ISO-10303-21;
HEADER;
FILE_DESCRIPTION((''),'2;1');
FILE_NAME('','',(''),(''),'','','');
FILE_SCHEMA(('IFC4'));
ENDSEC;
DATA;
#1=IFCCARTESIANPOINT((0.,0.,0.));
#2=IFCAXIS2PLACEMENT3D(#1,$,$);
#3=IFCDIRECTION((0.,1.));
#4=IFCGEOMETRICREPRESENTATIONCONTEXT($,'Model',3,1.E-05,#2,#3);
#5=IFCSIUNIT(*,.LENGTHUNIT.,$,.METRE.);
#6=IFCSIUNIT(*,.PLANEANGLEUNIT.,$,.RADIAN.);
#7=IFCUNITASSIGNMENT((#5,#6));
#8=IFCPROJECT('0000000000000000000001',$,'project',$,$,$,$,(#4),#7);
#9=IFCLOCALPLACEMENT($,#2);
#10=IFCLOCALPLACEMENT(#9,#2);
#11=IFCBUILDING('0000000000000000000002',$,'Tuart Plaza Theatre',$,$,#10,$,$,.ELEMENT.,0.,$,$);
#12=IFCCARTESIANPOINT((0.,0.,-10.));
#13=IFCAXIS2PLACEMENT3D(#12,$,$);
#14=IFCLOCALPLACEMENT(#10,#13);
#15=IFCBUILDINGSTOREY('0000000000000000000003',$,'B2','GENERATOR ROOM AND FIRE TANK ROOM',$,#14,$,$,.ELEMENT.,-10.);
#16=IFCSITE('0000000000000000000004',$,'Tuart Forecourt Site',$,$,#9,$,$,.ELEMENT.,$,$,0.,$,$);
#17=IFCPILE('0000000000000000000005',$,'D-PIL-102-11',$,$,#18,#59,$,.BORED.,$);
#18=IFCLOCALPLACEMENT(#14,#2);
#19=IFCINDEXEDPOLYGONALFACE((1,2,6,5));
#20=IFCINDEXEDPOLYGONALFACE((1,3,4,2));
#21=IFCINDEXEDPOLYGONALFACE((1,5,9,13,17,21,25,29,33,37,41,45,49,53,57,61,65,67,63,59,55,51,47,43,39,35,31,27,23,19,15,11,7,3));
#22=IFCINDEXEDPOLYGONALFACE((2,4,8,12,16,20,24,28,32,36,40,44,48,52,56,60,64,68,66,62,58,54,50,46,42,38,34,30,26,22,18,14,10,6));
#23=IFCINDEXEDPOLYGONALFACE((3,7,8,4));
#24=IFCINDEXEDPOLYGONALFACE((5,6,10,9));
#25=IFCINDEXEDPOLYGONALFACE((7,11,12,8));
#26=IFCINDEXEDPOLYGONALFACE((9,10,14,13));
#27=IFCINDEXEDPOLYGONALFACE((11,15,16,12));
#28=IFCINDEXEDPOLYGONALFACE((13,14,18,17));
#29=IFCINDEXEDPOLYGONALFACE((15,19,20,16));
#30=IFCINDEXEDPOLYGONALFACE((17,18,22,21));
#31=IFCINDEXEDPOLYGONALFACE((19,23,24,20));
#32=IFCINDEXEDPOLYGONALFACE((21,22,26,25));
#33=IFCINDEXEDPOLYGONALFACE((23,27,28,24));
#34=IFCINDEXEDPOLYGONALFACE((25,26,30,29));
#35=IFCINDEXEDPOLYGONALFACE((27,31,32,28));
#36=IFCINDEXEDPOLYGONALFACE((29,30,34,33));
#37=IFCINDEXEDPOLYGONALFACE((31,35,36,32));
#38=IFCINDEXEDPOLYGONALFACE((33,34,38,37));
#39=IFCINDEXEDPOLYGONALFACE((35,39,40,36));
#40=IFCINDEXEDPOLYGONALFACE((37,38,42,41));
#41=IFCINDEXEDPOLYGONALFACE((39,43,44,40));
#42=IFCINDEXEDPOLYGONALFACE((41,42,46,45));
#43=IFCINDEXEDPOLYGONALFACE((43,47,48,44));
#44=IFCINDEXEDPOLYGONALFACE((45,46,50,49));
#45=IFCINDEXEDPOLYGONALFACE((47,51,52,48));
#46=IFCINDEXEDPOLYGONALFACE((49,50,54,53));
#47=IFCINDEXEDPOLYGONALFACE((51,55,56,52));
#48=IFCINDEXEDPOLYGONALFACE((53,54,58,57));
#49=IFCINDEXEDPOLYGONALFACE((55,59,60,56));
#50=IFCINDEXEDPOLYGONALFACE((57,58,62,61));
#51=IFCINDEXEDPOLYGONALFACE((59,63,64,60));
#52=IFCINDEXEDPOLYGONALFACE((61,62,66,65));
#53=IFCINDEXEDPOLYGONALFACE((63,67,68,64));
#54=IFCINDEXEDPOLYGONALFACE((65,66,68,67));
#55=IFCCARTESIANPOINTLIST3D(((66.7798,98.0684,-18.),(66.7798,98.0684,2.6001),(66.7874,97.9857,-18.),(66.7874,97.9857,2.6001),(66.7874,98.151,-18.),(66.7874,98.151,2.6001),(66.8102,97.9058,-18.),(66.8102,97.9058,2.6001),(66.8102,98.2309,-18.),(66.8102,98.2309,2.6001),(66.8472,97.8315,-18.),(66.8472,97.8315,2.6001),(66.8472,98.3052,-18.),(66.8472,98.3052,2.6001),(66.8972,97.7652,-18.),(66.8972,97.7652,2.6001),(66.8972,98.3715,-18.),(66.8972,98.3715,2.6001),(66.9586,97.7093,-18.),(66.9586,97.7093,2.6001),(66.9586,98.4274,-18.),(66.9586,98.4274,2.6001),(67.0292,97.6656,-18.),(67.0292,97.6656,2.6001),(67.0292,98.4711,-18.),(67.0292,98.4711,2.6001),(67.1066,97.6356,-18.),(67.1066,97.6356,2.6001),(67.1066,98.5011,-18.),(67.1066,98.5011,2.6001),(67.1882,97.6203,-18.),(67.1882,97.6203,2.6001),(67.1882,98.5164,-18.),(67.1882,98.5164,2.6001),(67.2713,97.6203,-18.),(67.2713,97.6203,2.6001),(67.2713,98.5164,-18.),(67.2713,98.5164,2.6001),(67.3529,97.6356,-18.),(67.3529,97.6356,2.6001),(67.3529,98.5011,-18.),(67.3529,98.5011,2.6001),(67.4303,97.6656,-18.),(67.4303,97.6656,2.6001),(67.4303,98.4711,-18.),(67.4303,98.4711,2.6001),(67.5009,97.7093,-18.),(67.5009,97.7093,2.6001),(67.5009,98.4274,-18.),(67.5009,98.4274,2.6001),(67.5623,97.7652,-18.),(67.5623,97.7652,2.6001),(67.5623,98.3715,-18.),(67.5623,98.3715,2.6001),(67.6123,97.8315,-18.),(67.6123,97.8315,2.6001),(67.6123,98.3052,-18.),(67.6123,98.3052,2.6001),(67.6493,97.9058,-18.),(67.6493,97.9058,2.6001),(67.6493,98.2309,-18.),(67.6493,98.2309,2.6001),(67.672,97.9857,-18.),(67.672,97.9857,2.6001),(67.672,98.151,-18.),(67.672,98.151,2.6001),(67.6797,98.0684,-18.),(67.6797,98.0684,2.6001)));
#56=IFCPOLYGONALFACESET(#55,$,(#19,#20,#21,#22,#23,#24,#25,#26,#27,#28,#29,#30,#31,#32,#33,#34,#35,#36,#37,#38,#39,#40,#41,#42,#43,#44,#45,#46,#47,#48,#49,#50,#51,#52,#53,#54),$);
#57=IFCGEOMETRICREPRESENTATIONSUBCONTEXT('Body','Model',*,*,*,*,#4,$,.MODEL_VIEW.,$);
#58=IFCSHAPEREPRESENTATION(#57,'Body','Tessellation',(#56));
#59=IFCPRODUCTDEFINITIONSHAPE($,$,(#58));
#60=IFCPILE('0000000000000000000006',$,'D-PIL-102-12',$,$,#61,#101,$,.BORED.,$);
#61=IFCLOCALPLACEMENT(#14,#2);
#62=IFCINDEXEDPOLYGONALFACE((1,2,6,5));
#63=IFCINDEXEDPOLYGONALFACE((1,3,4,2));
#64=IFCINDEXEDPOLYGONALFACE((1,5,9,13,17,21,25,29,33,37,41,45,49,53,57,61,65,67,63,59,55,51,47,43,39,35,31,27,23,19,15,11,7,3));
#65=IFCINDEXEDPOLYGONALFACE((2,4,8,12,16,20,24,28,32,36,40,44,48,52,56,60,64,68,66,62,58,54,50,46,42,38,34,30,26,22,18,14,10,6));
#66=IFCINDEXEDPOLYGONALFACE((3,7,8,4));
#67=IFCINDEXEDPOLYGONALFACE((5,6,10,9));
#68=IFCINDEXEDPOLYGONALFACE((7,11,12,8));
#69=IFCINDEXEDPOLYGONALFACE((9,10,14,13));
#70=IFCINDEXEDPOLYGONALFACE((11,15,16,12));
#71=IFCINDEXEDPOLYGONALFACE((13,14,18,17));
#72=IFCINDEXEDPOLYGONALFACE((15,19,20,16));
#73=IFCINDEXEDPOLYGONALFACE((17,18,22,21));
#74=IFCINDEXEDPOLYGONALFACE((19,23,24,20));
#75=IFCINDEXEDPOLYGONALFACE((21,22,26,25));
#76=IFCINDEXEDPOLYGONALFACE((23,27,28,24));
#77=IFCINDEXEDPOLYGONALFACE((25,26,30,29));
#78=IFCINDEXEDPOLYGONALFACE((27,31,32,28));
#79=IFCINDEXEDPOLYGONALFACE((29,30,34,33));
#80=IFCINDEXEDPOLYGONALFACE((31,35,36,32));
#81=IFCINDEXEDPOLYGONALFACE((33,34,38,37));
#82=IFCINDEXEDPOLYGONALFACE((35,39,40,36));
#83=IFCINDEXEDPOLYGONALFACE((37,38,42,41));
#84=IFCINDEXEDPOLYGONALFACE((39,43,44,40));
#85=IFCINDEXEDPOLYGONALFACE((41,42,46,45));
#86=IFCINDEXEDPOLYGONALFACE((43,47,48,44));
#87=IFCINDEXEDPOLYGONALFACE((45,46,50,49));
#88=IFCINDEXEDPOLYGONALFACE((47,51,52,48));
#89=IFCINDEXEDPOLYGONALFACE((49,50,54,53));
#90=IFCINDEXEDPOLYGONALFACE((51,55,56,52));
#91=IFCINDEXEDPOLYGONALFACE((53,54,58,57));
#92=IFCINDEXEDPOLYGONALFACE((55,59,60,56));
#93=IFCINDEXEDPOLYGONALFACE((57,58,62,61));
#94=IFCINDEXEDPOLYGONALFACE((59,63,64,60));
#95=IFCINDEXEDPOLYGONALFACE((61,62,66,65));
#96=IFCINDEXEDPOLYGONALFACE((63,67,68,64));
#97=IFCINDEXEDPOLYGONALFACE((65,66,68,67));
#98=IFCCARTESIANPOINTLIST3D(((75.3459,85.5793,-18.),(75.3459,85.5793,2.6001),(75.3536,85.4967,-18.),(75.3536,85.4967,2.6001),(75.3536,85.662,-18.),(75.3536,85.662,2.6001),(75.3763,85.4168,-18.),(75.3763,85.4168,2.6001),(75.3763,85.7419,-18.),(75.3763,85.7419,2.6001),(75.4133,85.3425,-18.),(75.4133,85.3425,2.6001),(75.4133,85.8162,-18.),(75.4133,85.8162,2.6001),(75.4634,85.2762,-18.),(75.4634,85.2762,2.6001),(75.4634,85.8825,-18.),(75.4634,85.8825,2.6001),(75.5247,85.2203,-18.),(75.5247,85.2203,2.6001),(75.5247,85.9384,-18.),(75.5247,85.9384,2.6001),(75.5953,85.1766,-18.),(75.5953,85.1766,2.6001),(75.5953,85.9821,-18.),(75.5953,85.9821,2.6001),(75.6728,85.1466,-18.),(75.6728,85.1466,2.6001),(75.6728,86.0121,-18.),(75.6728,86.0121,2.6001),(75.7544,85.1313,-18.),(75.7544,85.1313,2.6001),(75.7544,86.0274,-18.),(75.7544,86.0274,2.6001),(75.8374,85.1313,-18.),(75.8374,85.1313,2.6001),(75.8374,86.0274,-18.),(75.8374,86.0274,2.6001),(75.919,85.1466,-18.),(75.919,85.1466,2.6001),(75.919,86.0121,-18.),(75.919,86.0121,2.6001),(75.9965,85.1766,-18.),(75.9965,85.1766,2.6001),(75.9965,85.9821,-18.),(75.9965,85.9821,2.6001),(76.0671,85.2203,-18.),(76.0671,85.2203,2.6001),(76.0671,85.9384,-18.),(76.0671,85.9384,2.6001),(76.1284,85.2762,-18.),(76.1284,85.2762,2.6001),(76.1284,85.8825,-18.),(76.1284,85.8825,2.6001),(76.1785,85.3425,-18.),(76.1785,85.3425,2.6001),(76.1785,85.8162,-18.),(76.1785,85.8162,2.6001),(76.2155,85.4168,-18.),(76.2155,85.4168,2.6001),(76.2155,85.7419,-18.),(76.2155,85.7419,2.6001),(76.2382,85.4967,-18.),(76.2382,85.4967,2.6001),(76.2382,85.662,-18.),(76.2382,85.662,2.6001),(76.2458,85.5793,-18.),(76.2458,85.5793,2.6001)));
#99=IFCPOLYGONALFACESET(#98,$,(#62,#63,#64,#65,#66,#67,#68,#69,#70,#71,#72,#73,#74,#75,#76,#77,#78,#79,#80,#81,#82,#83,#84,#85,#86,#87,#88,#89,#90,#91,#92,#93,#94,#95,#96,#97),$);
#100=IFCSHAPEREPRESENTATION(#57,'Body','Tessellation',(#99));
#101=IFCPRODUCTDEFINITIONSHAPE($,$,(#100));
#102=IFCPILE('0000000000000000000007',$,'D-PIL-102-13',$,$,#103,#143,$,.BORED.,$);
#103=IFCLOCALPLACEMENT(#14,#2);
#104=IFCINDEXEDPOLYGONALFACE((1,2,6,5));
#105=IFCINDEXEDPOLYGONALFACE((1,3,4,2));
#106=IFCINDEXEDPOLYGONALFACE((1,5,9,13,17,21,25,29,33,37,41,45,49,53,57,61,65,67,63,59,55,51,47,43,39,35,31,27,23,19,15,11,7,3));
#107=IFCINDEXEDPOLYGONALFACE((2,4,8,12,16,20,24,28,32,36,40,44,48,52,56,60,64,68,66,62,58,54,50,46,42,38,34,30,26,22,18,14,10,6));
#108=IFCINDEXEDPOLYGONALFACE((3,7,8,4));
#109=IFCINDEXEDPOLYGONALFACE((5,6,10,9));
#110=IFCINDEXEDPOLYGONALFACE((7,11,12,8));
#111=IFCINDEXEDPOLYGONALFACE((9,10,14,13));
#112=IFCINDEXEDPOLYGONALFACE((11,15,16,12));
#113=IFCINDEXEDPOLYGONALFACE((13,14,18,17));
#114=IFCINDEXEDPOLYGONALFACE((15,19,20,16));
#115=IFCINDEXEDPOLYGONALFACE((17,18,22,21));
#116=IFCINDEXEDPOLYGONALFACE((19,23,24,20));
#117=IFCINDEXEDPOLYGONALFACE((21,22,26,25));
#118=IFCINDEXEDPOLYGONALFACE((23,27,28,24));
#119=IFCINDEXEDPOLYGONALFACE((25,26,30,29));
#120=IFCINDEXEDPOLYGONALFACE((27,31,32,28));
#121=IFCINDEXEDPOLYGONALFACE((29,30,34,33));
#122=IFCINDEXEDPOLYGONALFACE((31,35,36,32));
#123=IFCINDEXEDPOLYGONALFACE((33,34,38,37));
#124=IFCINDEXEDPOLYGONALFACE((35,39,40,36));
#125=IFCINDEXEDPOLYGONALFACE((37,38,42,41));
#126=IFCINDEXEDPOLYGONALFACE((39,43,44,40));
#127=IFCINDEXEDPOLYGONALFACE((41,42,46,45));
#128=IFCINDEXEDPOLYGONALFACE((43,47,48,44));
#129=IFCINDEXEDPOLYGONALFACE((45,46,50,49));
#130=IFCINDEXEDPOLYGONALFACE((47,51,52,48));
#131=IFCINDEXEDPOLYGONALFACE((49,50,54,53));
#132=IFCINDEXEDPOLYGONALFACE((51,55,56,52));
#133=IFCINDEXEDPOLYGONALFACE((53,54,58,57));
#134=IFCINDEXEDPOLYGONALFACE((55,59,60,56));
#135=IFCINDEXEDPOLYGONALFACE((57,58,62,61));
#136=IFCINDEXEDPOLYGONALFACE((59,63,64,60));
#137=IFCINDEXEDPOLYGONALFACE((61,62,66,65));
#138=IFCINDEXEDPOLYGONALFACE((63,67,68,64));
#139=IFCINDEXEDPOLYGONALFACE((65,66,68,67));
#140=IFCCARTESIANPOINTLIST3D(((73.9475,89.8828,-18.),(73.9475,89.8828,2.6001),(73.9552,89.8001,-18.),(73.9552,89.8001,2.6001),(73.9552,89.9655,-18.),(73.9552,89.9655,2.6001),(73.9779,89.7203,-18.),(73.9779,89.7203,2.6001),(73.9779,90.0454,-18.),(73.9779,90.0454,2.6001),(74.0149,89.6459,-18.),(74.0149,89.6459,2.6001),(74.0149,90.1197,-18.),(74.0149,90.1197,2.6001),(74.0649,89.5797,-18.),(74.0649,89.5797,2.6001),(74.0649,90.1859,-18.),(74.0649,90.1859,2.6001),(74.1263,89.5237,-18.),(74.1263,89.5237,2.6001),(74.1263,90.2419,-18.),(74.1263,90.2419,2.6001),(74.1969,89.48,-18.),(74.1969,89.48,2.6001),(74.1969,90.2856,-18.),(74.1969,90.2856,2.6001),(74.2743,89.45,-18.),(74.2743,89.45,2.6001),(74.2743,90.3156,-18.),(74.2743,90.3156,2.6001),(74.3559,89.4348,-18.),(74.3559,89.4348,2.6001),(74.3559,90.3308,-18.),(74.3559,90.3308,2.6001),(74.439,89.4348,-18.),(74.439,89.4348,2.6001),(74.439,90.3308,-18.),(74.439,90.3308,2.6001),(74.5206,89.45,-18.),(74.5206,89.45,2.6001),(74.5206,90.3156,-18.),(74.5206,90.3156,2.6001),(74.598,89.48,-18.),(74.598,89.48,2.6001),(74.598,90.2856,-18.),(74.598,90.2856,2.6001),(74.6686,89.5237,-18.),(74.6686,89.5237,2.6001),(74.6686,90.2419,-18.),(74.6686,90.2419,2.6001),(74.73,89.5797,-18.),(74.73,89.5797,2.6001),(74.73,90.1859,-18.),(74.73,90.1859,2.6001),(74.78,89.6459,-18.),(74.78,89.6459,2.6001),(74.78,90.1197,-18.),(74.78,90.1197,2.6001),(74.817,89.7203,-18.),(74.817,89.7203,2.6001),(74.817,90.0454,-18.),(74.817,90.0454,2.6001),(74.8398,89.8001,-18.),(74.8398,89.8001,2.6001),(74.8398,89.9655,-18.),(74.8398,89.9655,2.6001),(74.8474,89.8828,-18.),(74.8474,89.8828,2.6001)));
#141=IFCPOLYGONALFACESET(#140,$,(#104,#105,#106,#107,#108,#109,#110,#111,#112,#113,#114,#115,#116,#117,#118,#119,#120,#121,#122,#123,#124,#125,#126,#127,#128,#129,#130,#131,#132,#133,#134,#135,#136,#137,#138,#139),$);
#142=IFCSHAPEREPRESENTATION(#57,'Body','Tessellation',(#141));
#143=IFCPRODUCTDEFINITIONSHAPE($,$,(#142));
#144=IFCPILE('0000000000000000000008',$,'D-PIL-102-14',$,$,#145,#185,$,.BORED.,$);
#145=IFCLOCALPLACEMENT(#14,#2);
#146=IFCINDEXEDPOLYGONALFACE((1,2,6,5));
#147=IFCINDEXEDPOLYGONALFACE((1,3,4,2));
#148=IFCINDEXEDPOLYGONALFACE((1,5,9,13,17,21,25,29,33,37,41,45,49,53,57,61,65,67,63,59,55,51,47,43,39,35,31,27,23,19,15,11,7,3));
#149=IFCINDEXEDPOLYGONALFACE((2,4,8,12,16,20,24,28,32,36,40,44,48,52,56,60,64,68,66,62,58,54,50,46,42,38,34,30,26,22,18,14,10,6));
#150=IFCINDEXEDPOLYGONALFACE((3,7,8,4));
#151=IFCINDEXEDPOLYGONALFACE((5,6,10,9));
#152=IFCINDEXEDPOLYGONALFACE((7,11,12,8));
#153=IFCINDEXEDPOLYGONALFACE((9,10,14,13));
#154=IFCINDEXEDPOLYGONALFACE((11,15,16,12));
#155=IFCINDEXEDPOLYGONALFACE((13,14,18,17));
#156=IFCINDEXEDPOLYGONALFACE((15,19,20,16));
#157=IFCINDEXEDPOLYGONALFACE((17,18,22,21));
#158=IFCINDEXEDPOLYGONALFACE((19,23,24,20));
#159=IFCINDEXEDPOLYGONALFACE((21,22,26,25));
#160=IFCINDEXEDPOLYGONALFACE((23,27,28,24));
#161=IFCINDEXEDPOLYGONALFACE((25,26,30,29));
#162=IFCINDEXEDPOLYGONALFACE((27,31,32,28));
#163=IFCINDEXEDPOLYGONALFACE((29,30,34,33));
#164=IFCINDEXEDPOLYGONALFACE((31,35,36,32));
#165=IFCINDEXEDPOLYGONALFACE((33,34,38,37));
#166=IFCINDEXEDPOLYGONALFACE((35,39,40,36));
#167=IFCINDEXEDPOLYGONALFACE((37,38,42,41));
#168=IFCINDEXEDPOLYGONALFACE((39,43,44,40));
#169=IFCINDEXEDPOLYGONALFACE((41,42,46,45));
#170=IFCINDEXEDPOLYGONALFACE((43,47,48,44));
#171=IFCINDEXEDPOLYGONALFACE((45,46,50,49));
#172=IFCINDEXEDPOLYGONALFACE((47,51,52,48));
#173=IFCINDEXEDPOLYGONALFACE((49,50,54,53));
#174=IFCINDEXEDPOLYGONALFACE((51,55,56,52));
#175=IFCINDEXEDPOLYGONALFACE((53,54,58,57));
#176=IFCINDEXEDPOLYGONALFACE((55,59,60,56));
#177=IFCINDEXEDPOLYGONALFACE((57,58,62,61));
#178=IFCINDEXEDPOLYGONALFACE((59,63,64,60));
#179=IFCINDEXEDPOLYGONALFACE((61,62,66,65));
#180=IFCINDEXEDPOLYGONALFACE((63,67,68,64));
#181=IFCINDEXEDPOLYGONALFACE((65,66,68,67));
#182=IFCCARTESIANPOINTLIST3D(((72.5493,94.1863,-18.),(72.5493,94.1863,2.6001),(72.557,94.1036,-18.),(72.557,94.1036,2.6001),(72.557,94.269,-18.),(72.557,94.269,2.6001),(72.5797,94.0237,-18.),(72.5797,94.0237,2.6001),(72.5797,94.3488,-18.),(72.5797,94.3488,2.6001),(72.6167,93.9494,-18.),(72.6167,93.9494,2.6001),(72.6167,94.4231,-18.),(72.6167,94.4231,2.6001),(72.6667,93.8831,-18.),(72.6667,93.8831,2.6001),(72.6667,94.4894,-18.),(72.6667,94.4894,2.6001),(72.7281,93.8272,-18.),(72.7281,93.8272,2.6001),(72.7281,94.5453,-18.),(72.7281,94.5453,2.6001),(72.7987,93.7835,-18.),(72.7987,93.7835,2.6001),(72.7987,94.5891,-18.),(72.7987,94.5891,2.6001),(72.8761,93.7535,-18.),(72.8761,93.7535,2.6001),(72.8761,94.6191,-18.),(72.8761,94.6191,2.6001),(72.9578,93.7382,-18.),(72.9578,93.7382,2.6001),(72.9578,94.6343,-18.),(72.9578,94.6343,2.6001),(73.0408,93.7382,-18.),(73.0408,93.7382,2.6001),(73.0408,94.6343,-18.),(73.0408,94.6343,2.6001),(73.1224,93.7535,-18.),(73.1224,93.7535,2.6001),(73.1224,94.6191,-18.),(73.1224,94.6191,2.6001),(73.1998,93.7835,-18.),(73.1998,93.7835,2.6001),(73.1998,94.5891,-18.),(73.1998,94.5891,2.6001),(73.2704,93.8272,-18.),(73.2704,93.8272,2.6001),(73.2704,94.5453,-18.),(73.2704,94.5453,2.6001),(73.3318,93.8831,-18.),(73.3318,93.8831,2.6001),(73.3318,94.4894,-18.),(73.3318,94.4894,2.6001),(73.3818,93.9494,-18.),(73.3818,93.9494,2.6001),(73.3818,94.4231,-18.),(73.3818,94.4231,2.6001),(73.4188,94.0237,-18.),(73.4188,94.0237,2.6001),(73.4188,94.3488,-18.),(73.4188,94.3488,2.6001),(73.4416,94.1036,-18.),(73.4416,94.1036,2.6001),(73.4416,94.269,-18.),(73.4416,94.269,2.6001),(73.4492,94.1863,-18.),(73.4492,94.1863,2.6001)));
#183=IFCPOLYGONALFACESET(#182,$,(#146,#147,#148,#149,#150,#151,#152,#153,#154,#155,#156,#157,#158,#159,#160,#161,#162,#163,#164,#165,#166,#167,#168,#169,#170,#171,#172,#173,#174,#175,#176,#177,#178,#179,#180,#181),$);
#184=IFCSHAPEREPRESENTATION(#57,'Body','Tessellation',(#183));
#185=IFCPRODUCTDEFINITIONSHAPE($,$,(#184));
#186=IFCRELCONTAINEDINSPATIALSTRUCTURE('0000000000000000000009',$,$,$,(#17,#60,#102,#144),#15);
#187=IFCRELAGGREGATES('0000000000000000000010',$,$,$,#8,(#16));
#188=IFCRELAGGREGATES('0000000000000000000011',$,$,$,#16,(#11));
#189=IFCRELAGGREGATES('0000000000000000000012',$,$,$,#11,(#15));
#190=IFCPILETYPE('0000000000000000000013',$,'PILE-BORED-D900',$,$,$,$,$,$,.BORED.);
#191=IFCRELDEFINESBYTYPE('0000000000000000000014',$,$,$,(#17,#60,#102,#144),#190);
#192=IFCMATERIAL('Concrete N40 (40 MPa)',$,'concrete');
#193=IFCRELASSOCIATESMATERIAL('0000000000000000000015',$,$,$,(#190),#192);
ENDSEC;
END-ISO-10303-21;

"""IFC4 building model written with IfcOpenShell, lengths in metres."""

from ifc_helpers import new_model, si_unit, direction, frame, origin, origin_2d, place, context, subcontext, project, spatial, circle, extrude, material, material_profile, profile_set, type_object, element, save


model = new_model("IFC4")

# Units and contexts
model_context = context("Model", 3, precision=1e-05, world=origin(), true_north=direction((0.0, 1.0)))
body_context = subcontext(model_context, "Body", "Model", "MODEL_VIEW")
ifc_project = project(units=[si_unit("LENGTHUNIT", "METRE"), si_unit("PLANEANGLEUNIT", "RADIAN")], contexts=[model_context])

# Site, building, storey
site_placement = place(None, origin())
site = spatial("IfcSite", under=ifc_project, at=site_placement, Name="Tuart Forecourt Site", CompositionType="ELEMENT", RefElevation=0.0)
building_placement = place(site_placement, origin())
building = spatial("IfcBuilding", under=site, at=building_placement, Name="Tuart Plaza Theatre", CompositionType="ELEMENT", ElevationOfRefHeight=0.0)
storey_placement = place(building_placement, frame((0.0, 0.0, -10.0)))
storey = spatial("IfcBuildingStorey", under=building, at=storey_placement, Name="B2", Description="GENERATOR ROOM AND FIRE TANK ROOM", CompositionType="ELEMENT", Elevation=-10.0)

# Piles
ifc_material_1 = material(Name="Concrete N40 (40 MPa)", Category="concrete")
ifc_material_profile_1 = material_profile(ifc_material_1, circle(Radius=0.45, at=origin_2d()), Name="PILE-BORED-D900")
ifc_profile_set_1 = profile_set([ifc_material_profile_1], Name="Concrete N40 (40 MPa)")
pile_type_1 = type_object("IfcPileType", Name="PILE-BORED-D900", PredefinedType="BORED", material=ifc_profile_set_1)
for number, where, z_axis, x_axis, name in (
    (1, (67.2297, 98.0684, 2.6001), (0.0, 0.0, -1.0), (1.0, 0.0, 0.0), "D-PIL-102-11"),
    (2, (75.7959, 85.5793, 2.6001), (0.0, 0.0, -1.0), (1.0, 0.0, 0.0), "D-PIL-102-12"),
    (3, (74.3975, 89.8828, 2.6001), (0.0, 0.0, -1.0), (1.0, 0.0, 0.0), "D-PIL-102-13"),
    (4, (72.9993, 94.1863, 2.6001), (0.0, 0.0, -1.0), (1.0, 0.0, 0.0), "D-PIL-102-14"),
):
    element("IfcPile", number, at=place(storey_placement, frame(where, z_axis=z_axis, x_axis=x_axis)), inside=storey, type_object=pile_type_1, Name=name, PredefinedType="BORED", context=body_context, shape_type="SweptSolid", body=[
        extrude(circle(Radius=0.45, at=origin_2d()), origin(), (0.0, 0.0, 1.0), 20.6001),
    ])

save(model, "model.ifc")
